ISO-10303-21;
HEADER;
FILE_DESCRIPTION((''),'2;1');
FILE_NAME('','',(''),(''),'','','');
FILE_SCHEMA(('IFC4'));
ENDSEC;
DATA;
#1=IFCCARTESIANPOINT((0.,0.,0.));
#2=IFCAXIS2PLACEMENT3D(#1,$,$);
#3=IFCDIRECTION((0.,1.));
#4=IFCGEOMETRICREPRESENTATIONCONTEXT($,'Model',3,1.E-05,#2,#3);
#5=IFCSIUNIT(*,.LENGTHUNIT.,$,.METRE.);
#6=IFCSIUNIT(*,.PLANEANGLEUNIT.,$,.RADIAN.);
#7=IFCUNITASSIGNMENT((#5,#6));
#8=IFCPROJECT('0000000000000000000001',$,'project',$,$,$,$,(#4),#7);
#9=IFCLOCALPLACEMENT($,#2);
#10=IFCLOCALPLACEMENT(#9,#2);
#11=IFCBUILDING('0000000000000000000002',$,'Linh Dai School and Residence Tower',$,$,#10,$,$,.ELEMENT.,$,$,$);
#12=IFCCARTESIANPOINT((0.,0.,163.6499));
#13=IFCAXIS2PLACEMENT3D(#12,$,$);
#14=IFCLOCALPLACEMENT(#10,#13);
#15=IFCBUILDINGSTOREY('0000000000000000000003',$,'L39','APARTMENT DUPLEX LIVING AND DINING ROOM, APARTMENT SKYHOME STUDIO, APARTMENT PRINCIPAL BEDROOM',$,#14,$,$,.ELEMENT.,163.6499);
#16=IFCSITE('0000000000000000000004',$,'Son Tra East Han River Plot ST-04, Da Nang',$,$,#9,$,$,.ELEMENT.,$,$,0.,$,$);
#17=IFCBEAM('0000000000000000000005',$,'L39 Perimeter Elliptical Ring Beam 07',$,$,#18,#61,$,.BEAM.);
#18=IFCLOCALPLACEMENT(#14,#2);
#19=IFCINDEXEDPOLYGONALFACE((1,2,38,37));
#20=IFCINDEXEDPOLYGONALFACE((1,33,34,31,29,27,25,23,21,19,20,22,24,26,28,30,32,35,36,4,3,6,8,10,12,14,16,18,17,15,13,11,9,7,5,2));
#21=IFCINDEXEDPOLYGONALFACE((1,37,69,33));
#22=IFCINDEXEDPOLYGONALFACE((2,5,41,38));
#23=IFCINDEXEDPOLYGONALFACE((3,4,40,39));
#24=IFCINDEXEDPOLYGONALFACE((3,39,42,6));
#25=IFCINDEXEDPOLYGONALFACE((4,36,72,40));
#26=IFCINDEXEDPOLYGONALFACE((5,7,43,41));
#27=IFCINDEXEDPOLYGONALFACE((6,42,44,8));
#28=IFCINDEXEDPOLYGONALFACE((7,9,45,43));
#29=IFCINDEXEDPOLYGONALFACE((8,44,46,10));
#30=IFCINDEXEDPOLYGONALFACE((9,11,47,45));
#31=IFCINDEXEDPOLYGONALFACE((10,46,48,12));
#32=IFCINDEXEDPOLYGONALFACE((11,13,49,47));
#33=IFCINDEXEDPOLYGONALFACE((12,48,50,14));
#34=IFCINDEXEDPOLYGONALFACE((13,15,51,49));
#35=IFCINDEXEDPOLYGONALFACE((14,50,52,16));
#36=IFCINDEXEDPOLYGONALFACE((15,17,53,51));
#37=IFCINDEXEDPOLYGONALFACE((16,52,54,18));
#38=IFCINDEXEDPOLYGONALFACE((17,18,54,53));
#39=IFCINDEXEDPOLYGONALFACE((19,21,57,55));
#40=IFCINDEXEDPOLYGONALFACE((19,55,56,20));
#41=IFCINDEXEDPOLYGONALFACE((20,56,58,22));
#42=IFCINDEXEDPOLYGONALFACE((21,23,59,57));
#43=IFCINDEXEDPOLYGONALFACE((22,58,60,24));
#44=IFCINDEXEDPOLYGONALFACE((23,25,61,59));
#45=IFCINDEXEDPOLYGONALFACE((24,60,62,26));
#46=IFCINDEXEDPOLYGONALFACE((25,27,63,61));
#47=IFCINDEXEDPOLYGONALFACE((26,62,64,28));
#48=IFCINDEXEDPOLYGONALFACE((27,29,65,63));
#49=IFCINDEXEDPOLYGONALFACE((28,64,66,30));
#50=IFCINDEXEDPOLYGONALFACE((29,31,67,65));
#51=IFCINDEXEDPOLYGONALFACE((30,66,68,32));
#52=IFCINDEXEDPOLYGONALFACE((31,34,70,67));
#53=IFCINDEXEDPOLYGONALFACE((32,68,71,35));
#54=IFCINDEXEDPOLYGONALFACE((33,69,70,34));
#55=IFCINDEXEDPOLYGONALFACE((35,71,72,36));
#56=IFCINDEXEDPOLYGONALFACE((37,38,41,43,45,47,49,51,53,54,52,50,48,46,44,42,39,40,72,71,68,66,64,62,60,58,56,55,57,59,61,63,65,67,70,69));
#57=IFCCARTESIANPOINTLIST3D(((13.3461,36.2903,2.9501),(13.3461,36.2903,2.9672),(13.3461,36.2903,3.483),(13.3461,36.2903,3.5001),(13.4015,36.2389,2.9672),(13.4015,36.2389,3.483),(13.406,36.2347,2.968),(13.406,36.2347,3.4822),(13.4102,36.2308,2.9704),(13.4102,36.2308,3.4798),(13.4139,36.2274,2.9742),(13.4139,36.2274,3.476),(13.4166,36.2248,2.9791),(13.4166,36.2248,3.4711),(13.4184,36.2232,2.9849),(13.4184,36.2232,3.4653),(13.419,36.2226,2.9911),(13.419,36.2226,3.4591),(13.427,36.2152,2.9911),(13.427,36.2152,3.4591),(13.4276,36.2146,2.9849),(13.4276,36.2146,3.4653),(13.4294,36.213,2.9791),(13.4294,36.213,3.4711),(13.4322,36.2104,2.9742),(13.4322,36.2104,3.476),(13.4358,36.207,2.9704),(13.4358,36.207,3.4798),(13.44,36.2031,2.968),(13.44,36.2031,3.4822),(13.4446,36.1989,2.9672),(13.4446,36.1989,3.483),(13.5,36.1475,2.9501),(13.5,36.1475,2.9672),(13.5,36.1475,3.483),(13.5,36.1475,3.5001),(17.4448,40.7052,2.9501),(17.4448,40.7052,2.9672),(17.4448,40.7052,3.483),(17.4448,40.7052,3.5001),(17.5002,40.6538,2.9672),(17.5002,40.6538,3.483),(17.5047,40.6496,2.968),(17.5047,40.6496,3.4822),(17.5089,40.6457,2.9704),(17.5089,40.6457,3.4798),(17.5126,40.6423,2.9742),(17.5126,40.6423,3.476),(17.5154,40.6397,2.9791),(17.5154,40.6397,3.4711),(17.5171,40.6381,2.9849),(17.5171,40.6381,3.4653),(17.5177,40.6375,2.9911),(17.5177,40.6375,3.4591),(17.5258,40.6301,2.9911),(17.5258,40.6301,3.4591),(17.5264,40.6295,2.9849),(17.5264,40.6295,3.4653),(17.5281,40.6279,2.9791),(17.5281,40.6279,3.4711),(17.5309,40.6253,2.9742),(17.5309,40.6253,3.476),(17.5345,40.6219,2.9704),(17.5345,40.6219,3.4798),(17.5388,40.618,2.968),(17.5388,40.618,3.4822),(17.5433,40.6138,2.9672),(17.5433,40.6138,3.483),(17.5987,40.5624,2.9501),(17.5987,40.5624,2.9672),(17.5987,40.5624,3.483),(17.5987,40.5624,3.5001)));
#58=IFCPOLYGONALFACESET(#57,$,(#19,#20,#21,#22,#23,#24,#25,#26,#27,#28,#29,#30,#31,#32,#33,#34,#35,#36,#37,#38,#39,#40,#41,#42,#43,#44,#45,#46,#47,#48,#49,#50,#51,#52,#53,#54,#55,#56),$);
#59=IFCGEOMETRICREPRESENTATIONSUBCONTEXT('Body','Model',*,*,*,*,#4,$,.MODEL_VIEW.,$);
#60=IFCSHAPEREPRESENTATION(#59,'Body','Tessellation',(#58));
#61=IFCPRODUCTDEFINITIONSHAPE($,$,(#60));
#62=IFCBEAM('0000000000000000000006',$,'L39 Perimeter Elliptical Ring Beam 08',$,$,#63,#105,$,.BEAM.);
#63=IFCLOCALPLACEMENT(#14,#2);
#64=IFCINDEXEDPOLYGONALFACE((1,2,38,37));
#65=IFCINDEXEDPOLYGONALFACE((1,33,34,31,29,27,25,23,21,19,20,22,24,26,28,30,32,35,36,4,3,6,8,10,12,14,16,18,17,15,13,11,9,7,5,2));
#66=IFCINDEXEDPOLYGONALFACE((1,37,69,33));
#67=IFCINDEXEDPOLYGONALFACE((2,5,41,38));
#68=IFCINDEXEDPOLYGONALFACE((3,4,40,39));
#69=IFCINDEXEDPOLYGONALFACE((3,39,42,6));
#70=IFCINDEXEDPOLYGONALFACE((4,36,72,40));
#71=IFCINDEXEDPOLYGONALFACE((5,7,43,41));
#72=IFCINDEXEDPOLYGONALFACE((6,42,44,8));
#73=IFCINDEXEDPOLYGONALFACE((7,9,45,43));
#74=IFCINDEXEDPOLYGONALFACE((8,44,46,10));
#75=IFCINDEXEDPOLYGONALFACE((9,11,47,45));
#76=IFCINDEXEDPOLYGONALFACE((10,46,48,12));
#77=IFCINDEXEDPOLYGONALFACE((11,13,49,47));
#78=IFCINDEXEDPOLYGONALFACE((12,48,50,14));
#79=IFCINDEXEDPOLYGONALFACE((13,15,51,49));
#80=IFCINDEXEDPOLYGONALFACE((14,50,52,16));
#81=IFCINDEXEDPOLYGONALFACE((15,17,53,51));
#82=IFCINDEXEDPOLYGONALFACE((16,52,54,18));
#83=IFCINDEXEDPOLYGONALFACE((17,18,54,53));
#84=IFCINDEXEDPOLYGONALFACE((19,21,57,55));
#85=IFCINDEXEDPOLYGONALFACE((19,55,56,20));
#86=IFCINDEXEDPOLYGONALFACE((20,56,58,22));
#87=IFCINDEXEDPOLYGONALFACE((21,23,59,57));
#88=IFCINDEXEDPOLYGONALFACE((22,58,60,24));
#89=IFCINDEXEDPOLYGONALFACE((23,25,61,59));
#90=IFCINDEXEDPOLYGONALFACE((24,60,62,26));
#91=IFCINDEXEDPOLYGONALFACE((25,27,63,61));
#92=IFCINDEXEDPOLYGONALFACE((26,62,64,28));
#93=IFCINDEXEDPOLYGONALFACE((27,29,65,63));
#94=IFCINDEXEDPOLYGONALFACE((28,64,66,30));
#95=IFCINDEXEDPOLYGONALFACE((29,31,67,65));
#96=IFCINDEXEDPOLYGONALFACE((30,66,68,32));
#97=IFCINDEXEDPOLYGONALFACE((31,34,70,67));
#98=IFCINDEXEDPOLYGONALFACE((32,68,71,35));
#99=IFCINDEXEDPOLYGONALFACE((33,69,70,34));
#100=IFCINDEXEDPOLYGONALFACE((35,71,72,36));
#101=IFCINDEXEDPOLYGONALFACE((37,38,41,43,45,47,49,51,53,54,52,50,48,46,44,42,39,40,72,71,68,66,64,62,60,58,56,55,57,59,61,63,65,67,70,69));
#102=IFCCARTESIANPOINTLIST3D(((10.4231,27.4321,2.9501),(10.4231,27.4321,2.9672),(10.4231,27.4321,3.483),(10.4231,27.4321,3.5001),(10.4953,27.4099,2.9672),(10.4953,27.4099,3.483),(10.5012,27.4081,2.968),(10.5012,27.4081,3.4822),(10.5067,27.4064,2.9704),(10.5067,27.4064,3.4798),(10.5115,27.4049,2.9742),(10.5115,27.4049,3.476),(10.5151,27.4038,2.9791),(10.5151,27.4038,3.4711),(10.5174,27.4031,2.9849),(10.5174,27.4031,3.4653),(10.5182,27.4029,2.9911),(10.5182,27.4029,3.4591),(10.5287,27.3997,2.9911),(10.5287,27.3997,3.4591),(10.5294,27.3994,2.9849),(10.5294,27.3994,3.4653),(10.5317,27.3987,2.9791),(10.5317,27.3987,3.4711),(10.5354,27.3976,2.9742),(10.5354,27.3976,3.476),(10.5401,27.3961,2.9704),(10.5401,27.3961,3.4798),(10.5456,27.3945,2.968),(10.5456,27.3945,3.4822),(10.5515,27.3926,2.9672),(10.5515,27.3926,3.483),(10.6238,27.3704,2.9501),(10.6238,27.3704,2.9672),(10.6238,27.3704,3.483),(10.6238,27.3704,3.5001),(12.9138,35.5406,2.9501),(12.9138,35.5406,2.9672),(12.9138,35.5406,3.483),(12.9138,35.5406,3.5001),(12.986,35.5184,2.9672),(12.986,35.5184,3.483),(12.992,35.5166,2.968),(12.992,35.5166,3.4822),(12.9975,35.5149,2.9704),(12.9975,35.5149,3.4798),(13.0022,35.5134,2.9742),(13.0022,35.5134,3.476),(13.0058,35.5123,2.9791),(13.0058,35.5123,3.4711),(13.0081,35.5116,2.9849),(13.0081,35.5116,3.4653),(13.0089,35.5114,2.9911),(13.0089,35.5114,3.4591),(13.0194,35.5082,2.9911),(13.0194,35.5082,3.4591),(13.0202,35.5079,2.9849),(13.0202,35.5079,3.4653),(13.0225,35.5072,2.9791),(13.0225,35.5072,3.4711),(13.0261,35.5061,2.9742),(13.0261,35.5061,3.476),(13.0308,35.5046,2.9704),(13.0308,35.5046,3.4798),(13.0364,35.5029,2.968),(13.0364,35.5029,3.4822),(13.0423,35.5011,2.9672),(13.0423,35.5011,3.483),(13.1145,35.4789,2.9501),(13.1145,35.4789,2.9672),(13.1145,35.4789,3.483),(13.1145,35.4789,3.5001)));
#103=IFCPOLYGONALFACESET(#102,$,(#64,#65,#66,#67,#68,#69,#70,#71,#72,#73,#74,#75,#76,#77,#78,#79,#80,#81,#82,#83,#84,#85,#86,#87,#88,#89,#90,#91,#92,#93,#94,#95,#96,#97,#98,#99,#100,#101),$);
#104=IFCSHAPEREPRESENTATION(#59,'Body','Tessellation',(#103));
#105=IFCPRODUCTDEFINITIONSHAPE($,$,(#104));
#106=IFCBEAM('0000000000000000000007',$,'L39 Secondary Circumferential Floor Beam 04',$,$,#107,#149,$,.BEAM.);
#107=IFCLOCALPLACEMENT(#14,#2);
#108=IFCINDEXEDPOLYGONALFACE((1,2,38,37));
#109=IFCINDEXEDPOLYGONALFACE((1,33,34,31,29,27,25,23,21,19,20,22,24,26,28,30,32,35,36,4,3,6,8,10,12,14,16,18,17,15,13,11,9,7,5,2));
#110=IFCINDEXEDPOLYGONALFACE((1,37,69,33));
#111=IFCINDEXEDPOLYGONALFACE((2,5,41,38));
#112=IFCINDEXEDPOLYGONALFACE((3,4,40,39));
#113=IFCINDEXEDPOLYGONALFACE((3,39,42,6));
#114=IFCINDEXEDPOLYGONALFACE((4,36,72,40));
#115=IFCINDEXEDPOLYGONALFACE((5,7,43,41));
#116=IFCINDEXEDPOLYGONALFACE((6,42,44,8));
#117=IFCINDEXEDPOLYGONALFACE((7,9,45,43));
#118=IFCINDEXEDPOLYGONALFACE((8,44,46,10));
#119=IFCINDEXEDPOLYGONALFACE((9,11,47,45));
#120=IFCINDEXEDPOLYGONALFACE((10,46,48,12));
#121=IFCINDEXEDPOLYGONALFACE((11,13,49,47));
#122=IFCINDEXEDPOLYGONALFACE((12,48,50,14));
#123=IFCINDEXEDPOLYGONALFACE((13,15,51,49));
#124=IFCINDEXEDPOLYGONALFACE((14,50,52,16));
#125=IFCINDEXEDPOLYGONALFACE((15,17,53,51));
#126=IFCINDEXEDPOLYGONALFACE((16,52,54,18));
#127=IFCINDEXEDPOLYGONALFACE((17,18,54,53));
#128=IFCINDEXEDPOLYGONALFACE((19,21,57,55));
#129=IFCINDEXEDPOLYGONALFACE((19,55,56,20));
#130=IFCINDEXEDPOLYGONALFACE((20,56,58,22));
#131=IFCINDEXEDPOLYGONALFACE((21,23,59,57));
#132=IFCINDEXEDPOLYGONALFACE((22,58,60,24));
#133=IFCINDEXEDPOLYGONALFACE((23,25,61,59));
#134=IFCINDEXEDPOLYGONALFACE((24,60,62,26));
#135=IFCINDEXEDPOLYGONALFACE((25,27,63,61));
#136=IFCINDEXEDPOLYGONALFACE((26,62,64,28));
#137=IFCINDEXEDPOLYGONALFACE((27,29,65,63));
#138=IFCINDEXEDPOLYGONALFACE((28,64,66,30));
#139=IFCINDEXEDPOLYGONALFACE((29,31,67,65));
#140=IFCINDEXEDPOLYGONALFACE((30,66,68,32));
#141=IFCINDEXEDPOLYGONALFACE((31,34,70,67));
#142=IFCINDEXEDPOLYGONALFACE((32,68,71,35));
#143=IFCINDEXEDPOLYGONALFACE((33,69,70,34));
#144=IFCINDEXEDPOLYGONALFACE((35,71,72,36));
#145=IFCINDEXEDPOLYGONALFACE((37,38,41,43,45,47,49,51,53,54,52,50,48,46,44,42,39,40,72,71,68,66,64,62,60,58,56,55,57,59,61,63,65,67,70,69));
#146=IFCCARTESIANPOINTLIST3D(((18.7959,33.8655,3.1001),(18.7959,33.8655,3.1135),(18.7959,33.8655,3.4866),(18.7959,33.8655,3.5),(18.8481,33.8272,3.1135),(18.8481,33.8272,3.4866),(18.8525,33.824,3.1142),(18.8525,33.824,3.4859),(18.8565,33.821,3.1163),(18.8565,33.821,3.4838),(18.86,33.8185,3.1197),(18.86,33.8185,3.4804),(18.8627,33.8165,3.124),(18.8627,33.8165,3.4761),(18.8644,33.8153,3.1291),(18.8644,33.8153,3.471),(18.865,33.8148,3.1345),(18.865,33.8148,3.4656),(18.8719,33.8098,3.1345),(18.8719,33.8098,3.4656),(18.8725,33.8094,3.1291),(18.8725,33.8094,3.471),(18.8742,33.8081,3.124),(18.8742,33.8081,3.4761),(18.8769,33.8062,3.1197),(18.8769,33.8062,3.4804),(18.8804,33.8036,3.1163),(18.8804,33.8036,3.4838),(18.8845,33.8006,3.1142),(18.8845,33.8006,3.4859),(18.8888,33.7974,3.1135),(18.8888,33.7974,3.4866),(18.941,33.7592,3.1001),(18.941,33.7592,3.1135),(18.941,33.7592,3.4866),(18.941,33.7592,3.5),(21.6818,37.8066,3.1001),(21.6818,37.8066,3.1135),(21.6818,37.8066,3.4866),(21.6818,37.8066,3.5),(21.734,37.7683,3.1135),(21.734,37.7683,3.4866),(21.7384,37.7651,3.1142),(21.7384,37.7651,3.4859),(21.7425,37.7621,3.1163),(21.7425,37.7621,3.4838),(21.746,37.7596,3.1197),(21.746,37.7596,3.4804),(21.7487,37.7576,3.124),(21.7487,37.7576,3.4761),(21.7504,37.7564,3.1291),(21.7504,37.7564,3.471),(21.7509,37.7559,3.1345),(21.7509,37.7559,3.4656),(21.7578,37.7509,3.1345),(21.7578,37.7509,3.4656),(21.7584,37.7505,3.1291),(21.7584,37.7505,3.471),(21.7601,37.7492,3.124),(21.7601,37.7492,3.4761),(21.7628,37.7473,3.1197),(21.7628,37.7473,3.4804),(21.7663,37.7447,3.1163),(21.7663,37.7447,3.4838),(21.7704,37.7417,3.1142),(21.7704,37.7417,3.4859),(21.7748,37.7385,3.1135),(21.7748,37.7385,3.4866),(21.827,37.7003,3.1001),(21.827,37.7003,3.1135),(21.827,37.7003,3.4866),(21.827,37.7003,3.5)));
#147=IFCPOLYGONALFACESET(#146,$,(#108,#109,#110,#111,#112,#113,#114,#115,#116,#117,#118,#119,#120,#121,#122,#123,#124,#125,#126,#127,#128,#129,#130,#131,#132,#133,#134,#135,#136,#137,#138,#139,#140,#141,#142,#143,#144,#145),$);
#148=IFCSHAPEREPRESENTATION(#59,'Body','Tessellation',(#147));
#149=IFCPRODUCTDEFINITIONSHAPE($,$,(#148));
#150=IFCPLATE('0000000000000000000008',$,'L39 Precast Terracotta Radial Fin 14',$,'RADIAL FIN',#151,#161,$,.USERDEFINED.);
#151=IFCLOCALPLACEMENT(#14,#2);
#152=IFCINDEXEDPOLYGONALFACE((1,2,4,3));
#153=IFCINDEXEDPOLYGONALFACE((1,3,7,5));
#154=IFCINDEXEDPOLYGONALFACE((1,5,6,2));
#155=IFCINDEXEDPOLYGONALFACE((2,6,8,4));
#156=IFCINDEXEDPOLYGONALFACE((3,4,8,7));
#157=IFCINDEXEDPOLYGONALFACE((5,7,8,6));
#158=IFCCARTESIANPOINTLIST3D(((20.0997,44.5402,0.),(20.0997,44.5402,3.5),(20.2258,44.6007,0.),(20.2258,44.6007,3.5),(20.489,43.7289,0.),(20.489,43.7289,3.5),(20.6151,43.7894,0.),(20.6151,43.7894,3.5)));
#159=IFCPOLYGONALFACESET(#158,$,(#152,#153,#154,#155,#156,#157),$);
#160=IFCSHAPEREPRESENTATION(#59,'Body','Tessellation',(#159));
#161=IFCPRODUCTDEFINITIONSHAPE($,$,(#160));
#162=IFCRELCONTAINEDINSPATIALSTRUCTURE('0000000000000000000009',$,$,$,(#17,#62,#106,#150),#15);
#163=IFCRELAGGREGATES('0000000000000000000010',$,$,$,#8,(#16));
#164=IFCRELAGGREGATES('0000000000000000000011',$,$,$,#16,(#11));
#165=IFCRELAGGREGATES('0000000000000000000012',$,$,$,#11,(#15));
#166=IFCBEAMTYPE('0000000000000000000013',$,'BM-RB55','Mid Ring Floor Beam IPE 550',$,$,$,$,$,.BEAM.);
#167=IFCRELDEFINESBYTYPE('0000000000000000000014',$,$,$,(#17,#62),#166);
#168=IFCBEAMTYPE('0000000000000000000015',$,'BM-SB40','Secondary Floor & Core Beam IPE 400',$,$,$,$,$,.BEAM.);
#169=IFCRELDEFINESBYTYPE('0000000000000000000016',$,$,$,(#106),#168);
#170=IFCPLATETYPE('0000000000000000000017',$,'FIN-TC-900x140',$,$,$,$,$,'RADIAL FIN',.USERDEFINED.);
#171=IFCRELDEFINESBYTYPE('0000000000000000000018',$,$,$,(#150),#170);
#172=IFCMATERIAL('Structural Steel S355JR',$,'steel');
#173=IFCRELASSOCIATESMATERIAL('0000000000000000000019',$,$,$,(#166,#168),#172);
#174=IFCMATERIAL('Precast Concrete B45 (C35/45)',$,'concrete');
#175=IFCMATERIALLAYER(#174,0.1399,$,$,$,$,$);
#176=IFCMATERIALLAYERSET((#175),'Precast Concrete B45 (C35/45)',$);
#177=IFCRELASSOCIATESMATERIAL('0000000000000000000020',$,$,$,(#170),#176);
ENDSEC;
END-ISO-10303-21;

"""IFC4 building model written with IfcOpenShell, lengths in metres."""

from ifc_helpers import new_model, si_unit, direction, frame, origin, origin_2d, place, context, subcontext, project, spatial, rectangle, i_section, extrude, source, transform, mapped, material, layer, layer_set, material_profile, profile_set, type_object, element, save


model = new_model("IFC4")

# Units and contexts
model_context = context("Model", 3, precision=1e-05, world=origin(), true_north=direction((0.0, 1.0)))
body_context = subcontext(model_context, "Body", "Model", "MODEL_VIEW")
ifc_project = project(units=[si_unit("LENGTHUNIT", "METRE"), si_unit("PLANEANGLEUNIT", "RADIAN")], contexts=[model_context])

# Site, building, storey
site_placement = place(None, origin())
site = spatial("IfcSite", under=ifc_project, at=site_placement, Name="Son Tra East Han River Plot ST-04, Da Nang", CompositionType="ELEMENT", RefElevation=0.0)
building_placement = place(site_placement, origin())
building = spatial("IfcBuilding", under=site, at=building_placement, Name="Linh Dai School and Residence Tower", CompositionType="ELEMENT")
storey_placement = place(building_placement, frame((0.0, 0.0, 163.6499)))
storey = spatial("IfcBuildingStorey", under=building, at=storey_placement, Name="L39", Description="APARTMENT DUPLEX LIVING AND DINING ROOM, APARTMENT SKYHOME STUDIO, APARTMENT PRINCIPAL BEDROOM", CompositionType="ELEMENT", Elevation=163.6499)

# Shared definitions
ifc_material_1 = material(Name="Structural Steel S355JR", Category="steel")

# Beams
ifc_material_profile_1 = material_profile(ifc_material_1, i_section(OverallWidth=0.21, OverallDepth=0.55, WebThickness=0.011, FlangeThickness=0.0171, FilletRadius=0.0239, at=origin_2d()), Name="IPE 550")
ifc_profile_set_1 = profile_set([ifc_material_profile_1], Name="Structural Steel S355JR")
beam_type_1 = type_object("IfcBeamType", Name="BM-RB55", Description="Mid Ring Floor Beam IPE 550", PredefinedType="BEAM", material=ifc_profile_set_1)
beam_1_placement = place(storey_placement, frame((17.5217, 40.6338, 3.2251), z_axis=(-0.680378, -0.732861, 0.0), x_axis=(0.732861, -0.680378, 0.0)))
element("IfcBeam", 1, at=beam_1_placement, inside=storey, type_object=beam_type_1, Name="L39 Perimeter Elliptical Ring Beam 07", PredefinedType="BEAM", context=body_context, shape_type="SweptSolid", body=[
    extrude(i_section(OverallWidth=0.21, OverallDepth=0.55, WebThickness=0.011, FlangeThickness=0.0171, FilletRadius=0.0239, at=origin_2d()), origin(), (0.0, 0.0, 1.0), 6.0242),
])
beam_2_placement = place(storey_placement, frame((13.0142, 35.5098, 3.2251), z_axis=(-0.293637, -0.955917, 0.0), x_axis=(0.955917, -0.293637, 0.0)))
element("IfcBeam", 2, at=beam_2_placement, inside=storey, type_object=beam_type_1, Name="L39 Perimeter Elliptical Ring Beam 08", PredefinedType="BEAM", context=body_context, shape_type="SweptSolid", body=[
    extrude(i_section(OverallWidth=0.21, OverallDepth=0.55, WebThickness=0.011, FlangeThickness=0.0171, FilletRadius=0.0239, at=origin_2d()), origin(), (0.0, 0.0, 1.0), 8.4824),
])
ifc_material_profile_2 = material_profile(ifc_material_1, i_section(OverallWidth=0.1799, OverallDepth=0.3999, WebThickness=0.0085, FlangeThickness=0.0134, FilletRadius=0.021, at=origin_2d()), Name="IPE 400")
ifc_profile_set_2 = profile_set([ifc_material_profile_2], Name="Structural Steel S355JR")
beam_type_2 = type_object("IfcBeamType", Name="BM-SB40", Description="Secondary Floor & Core Beam IPE 400", PredefinedType="BEAM", material=ifc_profile_set_2)
beam_3_placement = place(storey_placement, frame((21.7544, 37.7534, 3.3), z_axis=(-0.590805, -0.806815, 0.0), x_axis=(0.806815, -0.590805, 0.0)))
element("IfcBeam", 3, at=beam_3_placement, inside=storey, type_object=beam_type_2, Name="L39 Secondary Circumferential Floor Beam 04", PredefinedType="BEAM", context=body_context, shape_type="SweptSolid", body=[
    extrude(i_section(OverallWidth=0.1799, OverallDepth=0.3999, WebThickness=0.0085, FlangeThickness=0.0134, FilletRadius=0.021, at=origin_2d()), origin(), (0.0, 0.0, 1.0), 4.8848),
])

# Plate
ifc_material_2 = material(Name="Precast Concrete B45 (C35/45)", Category="concrete")
ifc_layer_1 = layer(ifc_material_2, 0.1399)
ifc_layer_set_1 = layer_set([ifc_layer_1], Name="Precast Concrete B45 (C35/45)")
plate_type = type_object("IfcPlateType", Name="FIN-TC-900x140", ElementType="RADIAL FIN", PredefinedType="USERDEFINED", material=ifc_layer_set_1)
shared_shape_1 = source(origin(), body_context, "Body", "SweptSolid", [
    extrude(rectangle(XDim=0.8999, YDim=0.1399, at=origin_2d()), origin(), (0.0, 0.0, 1.0), 3.5),
])
plate_placement = place(storey_placement, frame((20.3574, 44.1648, 0.0), z_axis=(0.0, 0.0, 1.0), x_axis=(-0.432635, 0.901569, 0.0)))
element("IfcPlate", 4, at=plate_placement, inside=storey, type_object=plate_type, Name="L39 Precast Terracotta Radial Fin 14", ObjectType="RADIAL FIN", PredefinedType="USERDEFINED", context=body_context, shape_type="MappedRepresentation", body=[
    mapped(shared_shape_1, transform((0.0, 0.0, 0.0), x_axis=(1.0, 0.0, 0.0), y_axis=(0.0, 1.0, 0.0), z_axis=(0.0, 0.0, 1.0), scale=1.0)),
])

save(model, "model.ifc")
